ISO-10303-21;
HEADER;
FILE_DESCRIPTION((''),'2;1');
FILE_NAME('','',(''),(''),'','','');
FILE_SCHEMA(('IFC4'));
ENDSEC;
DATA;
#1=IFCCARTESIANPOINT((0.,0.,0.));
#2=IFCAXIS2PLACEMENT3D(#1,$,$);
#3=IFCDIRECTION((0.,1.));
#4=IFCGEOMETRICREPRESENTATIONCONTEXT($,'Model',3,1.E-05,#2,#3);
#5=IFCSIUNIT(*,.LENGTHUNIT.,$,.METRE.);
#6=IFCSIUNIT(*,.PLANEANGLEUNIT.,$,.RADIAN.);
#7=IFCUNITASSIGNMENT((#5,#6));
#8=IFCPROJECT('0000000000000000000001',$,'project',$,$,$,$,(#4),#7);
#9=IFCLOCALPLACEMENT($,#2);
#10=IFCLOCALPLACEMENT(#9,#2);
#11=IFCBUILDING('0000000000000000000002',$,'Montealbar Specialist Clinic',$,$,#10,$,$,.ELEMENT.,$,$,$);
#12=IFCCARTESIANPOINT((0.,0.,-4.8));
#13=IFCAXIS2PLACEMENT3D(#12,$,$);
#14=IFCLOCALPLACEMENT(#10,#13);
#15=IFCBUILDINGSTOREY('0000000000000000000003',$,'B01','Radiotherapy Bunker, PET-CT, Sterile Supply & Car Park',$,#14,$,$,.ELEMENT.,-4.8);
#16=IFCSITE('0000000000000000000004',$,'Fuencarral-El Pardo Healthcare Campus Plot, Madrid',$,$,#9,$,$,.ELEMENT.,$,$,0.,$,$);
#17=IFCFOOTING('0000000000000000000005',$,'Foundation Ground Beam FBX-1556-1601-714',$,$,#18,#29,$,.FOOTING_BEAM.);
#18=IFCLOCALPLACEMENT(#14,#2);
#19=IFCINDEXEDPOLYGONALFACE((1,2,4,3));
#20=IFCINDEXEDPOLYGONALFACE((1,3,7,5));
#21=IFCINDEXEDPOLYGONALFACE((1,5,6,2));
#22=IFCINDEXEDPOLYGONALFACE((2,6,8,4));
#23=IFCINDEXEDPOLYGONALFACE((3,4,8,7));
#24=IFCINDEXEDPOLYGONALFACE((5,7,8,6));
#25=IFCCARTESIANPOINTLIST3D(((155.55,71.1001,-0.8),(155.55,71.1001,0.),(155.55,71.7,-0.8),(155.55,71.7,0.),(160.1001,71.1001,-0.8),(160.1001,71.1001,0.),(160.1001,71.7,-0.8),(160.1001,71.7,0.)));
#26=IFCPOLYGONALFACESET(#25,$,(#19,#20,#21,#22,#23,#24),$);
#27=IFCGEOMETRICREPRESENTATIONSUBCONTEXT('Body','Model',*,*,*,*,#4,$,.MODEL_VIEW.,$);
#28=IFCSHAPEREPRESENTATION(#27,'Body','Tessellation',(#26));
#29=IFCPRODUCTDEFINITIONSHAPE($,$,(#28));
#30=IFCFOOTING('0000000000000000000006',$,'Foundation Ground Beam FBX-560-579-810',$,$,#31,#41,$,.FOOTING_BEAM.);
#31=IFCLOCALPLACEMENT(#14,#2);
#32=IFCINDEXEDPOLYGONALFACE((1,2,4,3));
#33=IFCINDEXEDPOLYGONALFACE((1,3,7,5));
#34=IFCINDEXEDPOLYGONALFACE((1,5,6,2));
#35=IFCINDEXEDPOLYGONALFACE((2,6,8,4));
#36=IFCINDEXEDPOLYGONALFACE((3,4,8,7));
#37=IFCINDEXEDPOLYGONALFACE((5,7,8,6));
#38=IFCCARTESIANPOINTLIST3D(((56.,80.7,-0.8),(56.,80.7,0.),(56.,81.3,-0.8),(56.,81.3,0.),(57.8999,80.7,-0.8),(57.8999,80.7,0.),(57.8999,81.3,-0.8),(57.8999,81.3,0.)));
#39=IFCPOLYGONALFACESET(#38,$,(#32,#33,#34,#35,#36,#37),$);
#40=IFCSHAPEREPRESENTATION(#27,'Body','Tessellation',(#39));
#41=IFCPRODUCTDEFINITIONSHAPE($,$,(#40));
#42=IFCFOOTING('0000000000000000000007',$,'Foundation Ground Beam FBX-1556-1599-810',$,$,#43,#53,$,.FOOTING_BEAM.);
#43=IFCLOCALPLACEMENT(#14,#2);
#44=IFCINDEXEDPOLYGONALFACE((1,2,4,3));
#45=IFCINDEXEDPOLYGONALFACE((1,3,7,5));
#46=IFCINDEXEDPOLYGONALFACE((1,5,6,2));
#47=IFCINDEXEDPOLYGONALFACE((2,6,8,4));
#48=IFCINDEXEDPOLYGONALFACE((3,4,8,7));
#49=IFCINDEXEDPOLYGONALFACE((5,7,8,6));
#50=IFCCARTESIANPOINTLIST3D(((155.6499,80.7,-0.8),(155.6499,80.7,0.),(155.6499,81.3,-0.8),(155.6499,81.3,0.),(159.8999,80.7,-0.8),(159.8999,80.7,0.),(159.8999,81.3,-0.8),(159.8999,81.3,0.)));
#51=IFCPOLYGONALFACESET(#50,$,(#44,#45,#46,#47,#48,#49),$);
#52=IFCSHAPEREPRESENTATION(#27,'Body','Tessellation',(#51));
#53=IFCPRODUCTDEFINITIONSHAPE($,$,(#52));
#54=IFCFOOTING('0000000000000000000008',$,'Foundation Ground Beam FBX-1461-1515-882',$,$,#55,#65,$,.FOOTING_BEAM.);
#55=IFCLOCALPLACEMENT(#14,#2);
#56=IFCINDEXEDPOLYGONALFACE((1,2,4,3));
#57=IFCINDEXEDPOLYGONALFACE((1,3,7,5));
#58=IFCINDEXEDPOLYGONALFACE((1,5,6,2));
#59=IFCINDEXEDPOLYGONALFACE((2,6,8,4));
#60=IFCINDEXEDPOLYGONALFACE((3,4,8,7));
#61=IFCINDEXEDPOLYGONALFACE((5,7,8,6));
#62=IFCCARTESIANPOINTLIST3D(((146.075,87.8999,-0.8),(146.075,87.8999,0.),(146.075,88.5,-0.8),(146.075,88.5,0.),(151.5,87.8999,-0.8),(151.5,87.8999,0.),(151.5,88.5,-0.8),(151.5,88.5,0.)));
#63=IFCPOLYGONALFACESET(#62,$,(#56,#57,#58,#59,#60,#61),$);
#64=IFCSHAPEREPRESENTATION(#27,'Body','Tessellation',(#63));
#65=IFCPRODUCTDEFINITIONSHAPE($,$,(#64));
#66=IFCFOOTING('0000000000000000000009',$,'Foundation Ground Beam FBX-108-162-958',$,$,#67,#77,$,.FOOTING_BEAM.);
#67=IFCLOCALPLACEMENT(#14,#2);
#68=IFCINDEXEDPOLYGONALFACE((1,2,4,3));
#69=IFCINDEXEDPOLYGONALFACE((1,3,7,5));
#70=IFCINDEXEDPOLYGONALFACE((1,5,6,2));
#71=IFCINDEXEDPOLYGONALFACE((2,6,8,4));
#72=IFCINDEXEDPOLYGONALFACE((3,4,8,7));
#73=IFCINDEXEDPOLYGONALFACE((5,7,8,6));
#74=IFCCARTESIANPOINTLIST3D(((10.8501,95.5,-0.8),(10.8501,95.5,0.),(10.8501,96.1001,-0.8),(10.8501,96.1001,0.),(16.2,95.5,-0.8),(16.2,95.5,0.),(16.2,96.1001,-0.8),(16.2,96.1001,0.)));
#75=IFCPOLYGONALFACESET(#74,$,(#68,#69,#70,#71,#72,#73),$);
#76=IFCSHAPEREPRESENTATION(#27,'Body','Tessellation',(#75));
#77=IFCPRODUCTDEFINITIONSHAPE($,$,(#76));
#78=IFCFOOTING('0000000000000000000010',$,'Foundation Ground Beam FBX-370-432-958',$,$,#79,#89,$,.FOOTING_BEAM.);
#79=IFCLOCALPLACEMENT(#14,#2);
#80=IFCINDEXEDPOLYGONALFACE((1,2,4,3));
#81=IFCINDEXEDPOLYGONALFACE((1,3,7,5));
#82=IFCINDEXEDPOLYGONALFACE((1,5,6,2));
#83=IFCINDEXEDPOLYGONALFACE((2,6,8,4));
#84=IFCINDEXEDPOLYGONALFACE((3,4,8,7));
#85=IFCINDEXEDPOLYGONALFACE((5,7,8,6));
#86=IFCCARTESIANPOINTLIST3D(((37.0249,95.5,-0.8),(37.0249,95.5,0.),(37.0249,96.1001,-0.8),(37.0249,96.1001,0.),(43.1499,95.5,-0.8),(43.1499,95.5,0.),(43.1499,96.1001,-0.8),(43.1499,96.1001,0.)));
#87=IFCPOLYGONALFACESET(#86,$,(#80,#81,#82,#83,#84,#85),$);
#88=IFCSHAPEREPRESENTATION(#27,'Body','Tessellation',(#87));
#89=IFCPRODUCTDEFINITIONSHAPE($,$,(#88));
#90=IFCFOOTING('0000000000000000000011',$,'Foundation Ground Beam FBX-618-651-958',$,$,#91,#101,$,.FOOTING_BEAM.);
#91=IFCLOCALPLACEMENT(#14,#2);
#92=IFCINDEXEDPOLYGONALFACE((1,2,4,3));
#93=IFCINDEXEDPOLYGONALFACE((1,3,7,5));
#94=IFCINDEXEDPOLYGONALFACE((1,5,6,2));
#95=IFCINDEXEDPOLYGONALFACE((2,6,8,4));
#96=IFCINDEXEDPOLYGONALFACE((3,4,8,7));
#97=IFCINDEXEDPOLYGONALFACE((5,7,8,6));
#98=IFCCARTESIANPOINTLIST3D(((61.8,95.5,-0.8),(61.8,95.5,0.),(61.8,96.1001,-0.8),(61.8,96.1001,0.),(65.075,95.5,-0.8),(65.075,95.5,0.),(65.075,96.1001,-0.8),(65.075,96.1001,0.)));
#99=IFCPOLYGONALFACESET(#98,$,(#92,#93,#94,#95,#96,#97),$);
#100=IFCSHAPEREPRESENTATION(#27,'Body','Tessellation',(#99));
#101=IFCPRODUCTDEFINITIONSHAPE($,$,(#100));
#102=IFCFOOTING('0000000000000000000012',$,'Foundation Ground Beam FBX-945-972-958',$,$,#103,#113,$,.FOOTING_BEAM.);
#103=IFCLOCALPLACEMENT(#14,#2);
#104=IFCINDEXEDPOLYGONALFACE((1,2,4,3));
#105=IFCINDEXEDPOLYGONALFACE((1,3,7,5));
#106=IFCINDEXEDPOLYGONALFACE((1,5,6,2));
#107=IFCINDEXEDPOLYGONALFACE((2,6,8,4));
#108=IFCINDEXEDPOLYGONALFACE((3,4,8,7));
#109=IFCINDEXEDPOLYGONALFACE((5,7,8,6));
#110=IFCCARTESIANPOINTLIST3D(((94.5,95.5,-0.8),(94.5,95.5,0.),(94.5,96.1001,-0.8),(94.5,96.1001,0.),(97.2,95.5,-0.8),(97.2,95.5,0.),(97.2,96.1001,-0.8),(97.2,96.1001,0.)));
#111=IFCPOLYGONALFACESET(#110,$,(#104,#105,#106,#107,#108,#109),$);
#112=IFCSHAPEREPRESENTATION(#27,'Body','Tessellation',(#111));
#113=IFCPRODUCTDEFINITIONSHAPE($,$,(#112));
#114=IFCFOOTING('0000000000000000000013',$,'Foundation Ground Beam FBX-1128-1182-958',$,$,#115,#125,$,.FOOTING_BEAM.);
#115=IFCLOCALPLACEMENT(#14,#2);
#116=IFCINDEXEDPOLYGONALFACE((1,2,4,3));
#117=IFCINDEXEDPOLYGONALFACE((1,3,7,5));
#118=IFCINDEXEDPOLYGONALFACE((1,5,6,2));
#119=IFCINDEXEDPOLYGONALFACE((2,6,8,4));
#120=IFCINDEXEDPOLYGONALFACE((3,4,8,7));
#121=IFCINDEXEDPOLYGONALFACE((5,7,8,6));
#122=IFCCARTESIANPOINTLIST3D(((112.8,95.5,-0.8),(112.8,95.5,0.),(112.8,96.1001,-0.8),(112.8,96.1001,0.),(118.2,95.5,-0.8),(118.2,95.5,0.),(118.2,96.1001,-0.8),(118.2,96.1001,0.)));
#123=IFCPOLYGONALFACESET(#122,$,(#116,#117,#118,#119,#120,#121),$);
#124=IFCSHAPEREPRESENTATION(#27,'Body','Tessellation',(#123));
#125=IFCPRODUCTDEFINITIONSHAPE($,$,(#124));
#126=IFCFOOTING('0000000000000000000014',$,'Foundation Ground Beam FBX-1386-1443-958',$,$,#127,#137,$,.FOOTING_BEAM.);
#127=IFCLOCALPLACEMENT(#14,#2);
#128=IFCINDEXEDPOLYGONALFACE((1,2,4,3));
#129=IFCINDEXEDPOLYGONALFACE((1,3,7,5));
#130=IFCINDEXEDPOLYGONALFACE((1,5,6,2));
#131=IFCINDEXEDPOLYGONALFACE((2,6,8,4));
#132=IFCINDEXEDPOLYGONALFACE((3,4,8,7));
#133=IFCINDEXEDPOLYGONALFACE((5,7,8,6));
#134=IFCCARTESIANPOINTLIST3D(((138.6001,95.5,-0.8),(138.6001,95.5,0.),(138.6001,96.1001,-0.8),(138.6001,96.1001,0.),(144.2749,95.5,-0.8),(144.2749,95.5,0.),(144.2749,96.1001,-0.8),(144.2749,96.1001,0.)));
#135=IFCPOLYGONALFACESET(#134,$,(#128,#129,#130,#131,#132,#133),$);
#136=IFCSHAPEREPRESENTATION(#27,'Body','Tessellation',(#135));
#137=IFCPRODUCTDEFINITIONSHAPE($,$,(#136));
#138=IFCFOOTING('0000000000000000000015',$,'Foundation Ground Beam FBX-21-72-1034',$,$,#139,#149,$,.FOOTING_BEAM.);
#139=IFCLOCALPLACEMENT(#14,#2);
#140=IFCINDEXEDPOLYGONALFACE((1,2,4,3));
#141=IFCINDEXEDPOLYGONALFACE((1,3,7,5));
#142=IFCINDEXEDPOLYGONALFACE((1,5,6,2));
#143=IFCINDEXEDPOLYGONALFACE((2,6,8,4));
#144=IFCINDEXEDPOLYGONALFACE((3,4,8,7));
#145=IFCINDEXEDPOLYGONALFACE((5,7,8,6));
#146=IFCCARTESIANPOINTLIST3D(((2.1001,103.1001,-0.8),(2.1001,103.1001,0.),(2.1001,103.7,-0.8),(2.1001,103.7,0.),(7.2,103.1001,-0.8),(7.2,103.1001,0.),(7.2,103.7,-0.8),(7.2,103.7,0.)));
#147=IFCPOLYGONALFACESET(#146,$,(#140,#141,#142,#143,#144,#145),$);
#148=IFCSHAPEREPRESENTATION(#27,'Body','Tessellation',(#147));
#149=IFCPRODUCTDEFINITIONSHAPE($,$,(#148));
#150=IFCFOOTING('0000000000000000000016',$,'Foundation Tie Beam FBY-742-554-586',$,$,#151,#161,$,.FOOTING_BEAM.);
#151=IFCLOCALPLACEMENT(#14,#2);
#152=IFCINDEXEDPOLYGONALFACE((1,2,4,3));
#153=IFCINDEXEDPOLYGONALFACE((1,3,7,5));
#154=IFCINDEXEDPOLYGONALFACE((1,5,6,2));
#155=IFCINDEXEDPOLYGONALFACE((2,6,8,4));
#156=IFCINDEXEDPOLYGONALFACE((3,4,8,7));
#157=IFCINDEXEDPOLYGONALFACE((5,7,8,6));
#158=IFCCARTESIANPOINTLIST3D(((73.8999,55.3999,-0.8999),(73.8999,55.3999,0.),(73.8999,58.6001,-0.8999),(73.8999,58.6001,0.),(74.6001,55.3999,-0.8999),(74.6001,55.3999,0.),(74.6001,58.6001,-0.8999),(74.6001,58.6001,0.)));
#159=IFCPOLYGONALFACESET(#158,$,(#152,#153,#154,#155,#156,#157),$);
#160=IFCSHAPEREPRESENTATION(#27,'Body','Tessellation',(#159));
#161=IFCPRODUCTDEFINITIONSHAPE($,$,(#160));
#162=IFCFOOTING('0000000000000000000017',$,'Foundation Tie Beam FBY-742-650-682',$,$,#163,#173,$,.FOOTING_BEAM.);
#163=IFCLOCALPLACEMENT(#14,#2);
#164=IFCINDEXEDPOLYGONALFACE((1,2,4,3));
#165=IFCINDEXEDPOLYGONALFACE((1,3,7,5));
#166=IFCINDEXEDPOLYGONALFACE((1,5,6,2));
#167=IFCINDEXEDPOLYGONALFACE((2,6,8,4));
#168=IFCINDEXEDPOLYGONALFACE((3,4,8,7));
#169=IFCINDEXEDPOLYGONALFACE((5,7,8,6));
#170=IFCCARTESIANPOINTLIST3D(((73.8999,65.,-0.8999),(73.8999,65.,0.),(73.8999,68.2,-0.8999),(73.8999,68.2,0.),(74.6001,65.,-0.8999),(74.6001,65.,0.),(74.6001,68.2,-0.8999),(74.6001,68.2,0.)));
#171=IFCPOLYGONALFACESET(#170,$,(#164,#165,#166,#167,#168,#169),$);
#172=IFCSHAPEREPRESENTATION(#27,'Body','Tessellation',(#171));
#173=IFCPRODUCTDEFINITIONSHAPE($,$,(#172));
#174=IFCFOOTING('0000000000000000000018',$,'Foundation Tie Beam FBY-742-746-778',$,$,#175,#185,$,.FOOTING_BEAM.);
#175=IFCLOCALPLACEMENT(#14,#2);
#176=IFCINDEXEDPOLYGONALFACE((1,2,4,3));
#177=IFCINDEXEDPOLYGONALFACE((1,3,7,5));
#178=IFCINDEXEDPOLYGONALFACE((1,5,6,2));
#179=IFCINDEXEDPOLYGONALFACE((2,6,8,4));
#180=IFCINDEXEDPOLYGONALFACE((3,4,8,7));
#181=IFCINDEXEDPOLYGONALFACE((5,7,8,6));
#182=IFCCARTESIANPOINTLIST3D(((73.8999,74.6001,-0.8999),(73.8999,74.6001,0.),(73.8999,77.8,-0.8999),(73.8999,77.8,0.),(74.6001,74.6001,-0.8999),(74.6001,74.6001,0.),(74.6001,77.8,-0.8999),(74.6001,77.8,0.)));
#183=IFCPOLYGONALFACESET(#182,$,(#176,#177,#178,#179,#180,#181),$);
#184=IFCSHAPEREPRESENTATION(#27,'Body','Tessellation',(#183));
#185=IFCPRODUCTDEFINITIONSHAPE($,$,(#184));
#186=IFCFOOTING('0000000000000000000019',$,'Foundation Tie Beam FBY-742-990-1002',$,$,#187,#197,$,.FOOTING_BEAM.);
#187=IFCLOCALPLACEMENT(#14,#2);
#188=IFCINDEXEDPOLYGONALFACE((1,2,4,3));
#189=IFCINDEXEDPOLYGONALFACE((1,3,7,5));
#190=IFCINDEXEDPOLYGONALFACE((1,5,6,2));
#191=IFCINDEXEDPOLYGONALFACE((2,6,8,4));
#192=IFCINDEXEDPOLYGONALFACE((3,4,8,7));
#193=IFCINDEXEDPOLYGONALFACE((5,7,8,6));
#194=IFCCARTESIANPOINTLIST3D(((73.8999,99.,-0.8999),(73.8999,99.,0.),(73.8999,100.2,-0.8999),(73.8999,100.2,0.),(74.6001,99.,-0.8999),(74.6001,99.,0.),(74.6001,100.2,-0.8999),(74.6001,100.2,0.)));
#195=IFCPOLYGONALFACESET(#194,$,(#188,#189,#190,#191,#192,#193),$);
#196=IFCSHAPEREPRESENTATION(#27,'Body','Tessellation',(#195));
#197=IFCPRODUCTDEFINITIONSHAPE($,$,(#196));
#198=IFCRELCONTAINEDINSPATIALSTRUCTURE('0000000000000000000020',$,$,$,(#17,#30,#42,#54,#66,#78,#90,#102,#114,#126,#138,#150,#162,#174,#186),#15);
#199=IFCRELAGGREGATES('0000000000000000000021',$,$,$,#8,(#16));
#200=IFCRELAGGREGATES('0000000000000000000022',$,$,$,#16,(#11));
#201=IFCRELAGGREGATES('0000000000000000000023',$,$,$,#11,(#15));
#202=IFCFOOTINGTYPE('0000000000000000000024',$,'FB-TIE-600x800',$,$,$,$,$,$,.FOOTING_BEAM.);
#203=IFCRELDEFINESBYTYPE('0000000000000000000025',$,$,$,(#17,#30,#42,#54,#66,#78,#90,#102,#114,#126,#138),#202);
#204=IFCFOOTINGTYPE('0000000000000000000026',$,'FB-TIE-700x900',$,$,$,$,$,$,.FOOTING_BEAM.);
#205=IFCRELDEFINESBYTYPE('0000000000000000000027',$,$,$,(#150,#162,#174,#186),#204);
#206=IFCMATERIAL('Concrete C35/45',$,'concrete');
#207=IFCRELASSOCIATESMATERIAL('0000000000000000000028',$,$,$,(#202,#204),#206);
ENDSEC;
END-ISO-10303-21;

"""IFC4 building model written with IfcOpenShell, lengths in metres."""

from ifc_helpers import new_model, si_unit, direction, frame, origin, place, context, subcontext, project, spatial, polyline, outline, extrude, material, type_object, element, save


model = new_model("IFC4")

# Units and contexts
model_context = context("Model", 3, precision=1e-05, world=origin(), true_north=direction((0.0, 1.0)))
body_context = subcontext(model_context, "Body", "Model", "MODEL_VIEW")
ifc_project = project(units=[si_unit("LENGTHUNIT", "METRE"), si_unit("PLANEANGLEUNIT", "RADIAN")], contexts=[model_context])

# Site, building, storey
site_placement = place(None, origin())
site = spatial("IfcSite", under=ifc_project, at=site_placement, Name="Fuencarral-El Pardo Healthcare Campus Plot, Madrid", CompositionType="ELEMENT", RefElevation=0.0)
building_placement = place(site_placement, origin())
building = spatial("IfcBuilding", under=site, at=building_placement, Name="Montealbar Specialist Clinic", CompositionType="ELEMENT")
storey_placement = place(building_placement, frame((0.0, 0.0, -4.8)))
storey = spatial("IfcBuildingStorey", under=building, at=storey_placement, Name="B01", Description="Radiotherapy Bunker, PET-CT, Sterile Supply & Car Park", CompositionType="ELEMENT", Elevation=-4.8)

# Footings
ifc_material = material(Name="Concrete C35/45", Category="concrete")
footing_type_1 = type_object("IfcFootingType", Name="FB-TIE-600x800", PredefinedType="FOOTING_BEAM", material=ifc_material)
footing_1_placement = place(storey_placement, frame((0.0, 0.0, -0.8)))
element("IfcFooting", 1, at=footing_1_placement, inside=storey, type_object=footing_type_1, Name="Foundation Ground Beam FBX-1556-1601-714", PredefinedType="FOOTING_BEAM", context=body_context, shape_type="SweptSolid", body=[
    extrude(outline(polyline([(155.55, 71.1001), (160.1001, 71.1001), (160.1001, 71.7), (155.55, 71.7), (155.55, 71.1001)])), origin(), (0.0, 0.0, 1.0), 0.8),
])
footing_2_placement = place(storey_placement, frame((0.0, 0.0, -0.8)))
element("IfcFooting", 2, at=footing_2_placement, inside=storey, type_object=footing_type_1, Name="Foundation Ground Beam FBX-560-579-810", PredefinedType="FOOTING_BEAM", context=body_context, shape_type="SweptSolid", body=[
    extrude(outline(polyline([(56.0, 80.7), (57.8999, 80.7), (57.8999, 81.3), (56.0, 81.3), (56.0, 80.7)])), origin(), (0.0, 0.0, 1.0), 0.8),
])
footing_3_placement = place(storey_placement, frame((0.0, 0.0, -0.8)))
element("IfcFooting", 3, at=footing_3_placement, inside=storey, type_object=footing_type_1, Name="Foundation Ground Beam FBX-1556-1599-810", PredefinedType="FOOTING_BEAM", context=body_context, shape_type="SweptSolid", body=[
    extrude(outline(polyline([(155.6499, 80.7), (159.8999, 80.7), (159.8999, 81.3), (155.6499, 81.3), (155.6499, 80.7)])), origin(), (0.0, 0.0, 1.0), 0.8),
])
footing_4_placement = place(storey_placement, frame((0.0, 0.0, -0.8)))
element("IfcFooting", 4, at=footing_4_placement, inside=storey, type_object=footing_type_1, Name="Foundation Ground Beam FBX-1461-1515-882", PredefinedType="FOOTING_BEAM", context=body_context, shape_type="SweptSolid", body=[
    extrude(outline(polyline([(146.075, 87.8999), (151.5, 87.8999), (151.5, 88.5), (146.075, 88.5), (146.075, 87.8999)])), origin(), (0.0, 0.0, 1.0), 0.8),
])
footing_5_placement = place(storey_placement, frame((0.0, 0.0, -0.8)))
element("IfcFooting", 5, at=footing_5_placement, inside=storey, type_object=footing_type_1, Name="Foundation Ground Beam FBX-108-162-958", PredefinedType="FOOTING_BEAM", context=body_context, shape_type="SweptSolid", body=[
    extrude(outline(polyline([(10.8501, 95.5), (16.2, 95.5), (16.2, 96.1001), (10.8501, 96.1001), (10.8501, 95.5)])), origin(), (0.0, 0.0, 1.0), 0.8),
])
footing_6_placement = place(storey_placement, frame((0.0, 0.0, -0.8)))
element("IfcFooting", 6, at=footing_6_placement, inside=storey, type_object=footing_type_1, Name="Foundation Ground Beam FBX-370-432-958", PredefinedType="FOOTING_BEAM", context=body_context, shape_type="SweptSolid", body=[
    extrude(outline(polyline([(37.0249, 95.5), (43.1499, 95.5), (43.1499, 96.1001), (37.0249, 96.1001), (37.0249, 95.5)])), origin(), (0.0, 0.0, 1.0), 0.8),
])
footing_7_placement = place(storey_placement, frame((0.0, 0.0, -0.8)))
element("IfcFooting", 7, at=footing_7_placement, inside=storey, type_object=footing_type_1, Name="Foundation Ground Beam FBX-618-651-958", PredefinedType="FOOTING_BEAM", context=body_context, shape_type="SweptSolid", body=[
    extrude(outline(polyline([(61.8, 95.5), (65.075, 95.5), (65.075, 96.1001), (61.8, 96.1001), (61.8, 95.5)])), origin(), (0.0, 0.0, 1.0), 0.8),
])
footing_8_placement = place(storey_placement, frame((0.0, 0.0, -0.8)))
element("IfcFooting", 8, at=footing_8_placement, inside=storey, type_object=footing_type_1, Name="Foundation Ground Beam FBX-945-972-958", PredefinedType="FOOTING_BEAM", context=body_context, shape_type="SweptSolid", body=[
    extrude(outline(polyline([(94.5, 95.5), (97.2, 95.5), (97.2, 96.1001), (94.5, 96.1001), (94.5, 95.5)])), origin(), (0.0, 0.0, 1.0), 0.8),
])
footing_9_placement = place(storey_placement, frame((0.0, 0.0, -0.8)))
element("IfcFooting", 9, at=footing_9_placement, inside=storey, type_object=footing_type_1, Name="Foundation Ground Beam FBX-1128-1182-958", PredefinedType="FOOTING_BEAM", context=body_context, shape_type="SweptSolid", body=[
    extrude(outline(polyline([(112.8, 95.5), (118.2, 95.5), (118.2, 96.1001), (112.8, 96.1001), (112.8, 95.5)])), origin(), (0.0, 0.0, 1.0), 0.8),
])
footing_10_placement = place(storey_placement, frame((0.0, 0.0, -0.8)))
element("IfcFooting", 10, at=footing_10_placement, inside=storey, type_object=footing_type_1, Name="Foundation Ground Beam FBX-1386-1443-958", PredefinedType="FOOTING_BEAM", context=body_context, shape_type="SweptSolid", body=[
    extrude(outline(polyline([(138.6001, 95.5), (144.2749, 95.5), (144.2749, 96.1001), (138.6001, 96.1001), (138.6001, 95.5)])), origin(), (0.0, 0.0, 1.0), 0.8),
])
footing_11_placement = place(storey_placement, frame((0.0, 0.0, -0.8)))
element("IfcFooting", 11, at=footing_11_placement, inside=storey, type_object=footing_type_1, Name="Foundation Ground Beam FBX-21-72-1034", PredefinedType="FOOTING_BEAM", context=body_context, shape_type="SweptSolid", body=[
    extrude(outline(polyline([(2.1001, 103.1001), (7.2, 103.1001), (7.2, 103.7), (2.1001, 103.7), (2.1001, 103.1001)])), origin(), (0.0, 0.0, 1.0), 0.8),
])
footing_type_2 = type_object("IfcFootingType", Name="FB-TIE-700x900", PredefinedType="FOOTING_BEAM", material=ifc_material)
footing_12_placement = place(storey_placement, frame((0.0, 0.0, -0.8999)))
element("IfcFooting", 12, at=footing_12_placement, inside=storey, type_object=footing_type_2, Name="Foundation Tie Beam FBY-742-554-586", PredefinedType="FOOTING_BEAM", context=body_context, shape_type="SweptSolid", body=[
    extrude(outline(polyline([(73.8999, 55.3999), (74.6001, 55.3999), (74.6001, 58.6001), (73.8999, 58.6001), (73.8999, 55.3999)])), origin(), (0.0, 0.0, 1.0), 0.8999),
])
footing_13_placement = place(storey_placement, frame((0.0, 0.0, -0.8999)))
element("IfcFooting", 13, at=footing_13_placement, inside=storey, type_object=footing_type_2, Name="Foundation Tie Beam FBY-742-650-682", PredefinedType="FOOTING_BEAM", context=body_context, shape_type="SweptSolid", body=[
    extrude(outline(polyline([(73.8999, 65.0), (74.6001, 65.0), (74.6001, 68.2), (73.8999, 68.2), (73.8999, 65.0)])), origin(), (0.0, 0.0, 1.0), 0.8999),
])
footing_14_placement = place(storey_placement, frame((0.0, 0.0, -0.8999)))
element("IfcFooting", 14, at=footing_14_placement, inside=storey, type_object=footing_type_2, Name="Foundation Tie Beam FBY-742-746-778", PredefinedType="FOOTING_BEAM", context=body_context, shape_type="SweptSolid", body=[
    extrude(outline(polyline([(73.8999, 74.6001), (74.6001, 74.6001), (74.6001, 77.8), (73.8999, 77.8), (73.8999, 74.6001)])), origin(), (0.0, 0.0, 1.0), 0.8999),
])
footing_15_placement = place(storey_placement, frame((0.0, 0.0, -0.8999)))
element("IfcFooting", 15, at=footing_15_placement, inside=storey, type_object=footing_type_2, Name="Foundation Tie Beam FBY-742-990-1002", PredefinedType="FOOTING_BEAM", context=body_context, shape_type="SweptSolid", body=[
    extrude(outline(polyline([(73.8999, 99.0), (74.6001, 99.0), (74.6001, 100.2), (73.8999, 100.2), (73.8999, 99.0)])), origin(), (0.0, 0.0, 1.0), 0.8999),
])

save(model, "model.ifc")
